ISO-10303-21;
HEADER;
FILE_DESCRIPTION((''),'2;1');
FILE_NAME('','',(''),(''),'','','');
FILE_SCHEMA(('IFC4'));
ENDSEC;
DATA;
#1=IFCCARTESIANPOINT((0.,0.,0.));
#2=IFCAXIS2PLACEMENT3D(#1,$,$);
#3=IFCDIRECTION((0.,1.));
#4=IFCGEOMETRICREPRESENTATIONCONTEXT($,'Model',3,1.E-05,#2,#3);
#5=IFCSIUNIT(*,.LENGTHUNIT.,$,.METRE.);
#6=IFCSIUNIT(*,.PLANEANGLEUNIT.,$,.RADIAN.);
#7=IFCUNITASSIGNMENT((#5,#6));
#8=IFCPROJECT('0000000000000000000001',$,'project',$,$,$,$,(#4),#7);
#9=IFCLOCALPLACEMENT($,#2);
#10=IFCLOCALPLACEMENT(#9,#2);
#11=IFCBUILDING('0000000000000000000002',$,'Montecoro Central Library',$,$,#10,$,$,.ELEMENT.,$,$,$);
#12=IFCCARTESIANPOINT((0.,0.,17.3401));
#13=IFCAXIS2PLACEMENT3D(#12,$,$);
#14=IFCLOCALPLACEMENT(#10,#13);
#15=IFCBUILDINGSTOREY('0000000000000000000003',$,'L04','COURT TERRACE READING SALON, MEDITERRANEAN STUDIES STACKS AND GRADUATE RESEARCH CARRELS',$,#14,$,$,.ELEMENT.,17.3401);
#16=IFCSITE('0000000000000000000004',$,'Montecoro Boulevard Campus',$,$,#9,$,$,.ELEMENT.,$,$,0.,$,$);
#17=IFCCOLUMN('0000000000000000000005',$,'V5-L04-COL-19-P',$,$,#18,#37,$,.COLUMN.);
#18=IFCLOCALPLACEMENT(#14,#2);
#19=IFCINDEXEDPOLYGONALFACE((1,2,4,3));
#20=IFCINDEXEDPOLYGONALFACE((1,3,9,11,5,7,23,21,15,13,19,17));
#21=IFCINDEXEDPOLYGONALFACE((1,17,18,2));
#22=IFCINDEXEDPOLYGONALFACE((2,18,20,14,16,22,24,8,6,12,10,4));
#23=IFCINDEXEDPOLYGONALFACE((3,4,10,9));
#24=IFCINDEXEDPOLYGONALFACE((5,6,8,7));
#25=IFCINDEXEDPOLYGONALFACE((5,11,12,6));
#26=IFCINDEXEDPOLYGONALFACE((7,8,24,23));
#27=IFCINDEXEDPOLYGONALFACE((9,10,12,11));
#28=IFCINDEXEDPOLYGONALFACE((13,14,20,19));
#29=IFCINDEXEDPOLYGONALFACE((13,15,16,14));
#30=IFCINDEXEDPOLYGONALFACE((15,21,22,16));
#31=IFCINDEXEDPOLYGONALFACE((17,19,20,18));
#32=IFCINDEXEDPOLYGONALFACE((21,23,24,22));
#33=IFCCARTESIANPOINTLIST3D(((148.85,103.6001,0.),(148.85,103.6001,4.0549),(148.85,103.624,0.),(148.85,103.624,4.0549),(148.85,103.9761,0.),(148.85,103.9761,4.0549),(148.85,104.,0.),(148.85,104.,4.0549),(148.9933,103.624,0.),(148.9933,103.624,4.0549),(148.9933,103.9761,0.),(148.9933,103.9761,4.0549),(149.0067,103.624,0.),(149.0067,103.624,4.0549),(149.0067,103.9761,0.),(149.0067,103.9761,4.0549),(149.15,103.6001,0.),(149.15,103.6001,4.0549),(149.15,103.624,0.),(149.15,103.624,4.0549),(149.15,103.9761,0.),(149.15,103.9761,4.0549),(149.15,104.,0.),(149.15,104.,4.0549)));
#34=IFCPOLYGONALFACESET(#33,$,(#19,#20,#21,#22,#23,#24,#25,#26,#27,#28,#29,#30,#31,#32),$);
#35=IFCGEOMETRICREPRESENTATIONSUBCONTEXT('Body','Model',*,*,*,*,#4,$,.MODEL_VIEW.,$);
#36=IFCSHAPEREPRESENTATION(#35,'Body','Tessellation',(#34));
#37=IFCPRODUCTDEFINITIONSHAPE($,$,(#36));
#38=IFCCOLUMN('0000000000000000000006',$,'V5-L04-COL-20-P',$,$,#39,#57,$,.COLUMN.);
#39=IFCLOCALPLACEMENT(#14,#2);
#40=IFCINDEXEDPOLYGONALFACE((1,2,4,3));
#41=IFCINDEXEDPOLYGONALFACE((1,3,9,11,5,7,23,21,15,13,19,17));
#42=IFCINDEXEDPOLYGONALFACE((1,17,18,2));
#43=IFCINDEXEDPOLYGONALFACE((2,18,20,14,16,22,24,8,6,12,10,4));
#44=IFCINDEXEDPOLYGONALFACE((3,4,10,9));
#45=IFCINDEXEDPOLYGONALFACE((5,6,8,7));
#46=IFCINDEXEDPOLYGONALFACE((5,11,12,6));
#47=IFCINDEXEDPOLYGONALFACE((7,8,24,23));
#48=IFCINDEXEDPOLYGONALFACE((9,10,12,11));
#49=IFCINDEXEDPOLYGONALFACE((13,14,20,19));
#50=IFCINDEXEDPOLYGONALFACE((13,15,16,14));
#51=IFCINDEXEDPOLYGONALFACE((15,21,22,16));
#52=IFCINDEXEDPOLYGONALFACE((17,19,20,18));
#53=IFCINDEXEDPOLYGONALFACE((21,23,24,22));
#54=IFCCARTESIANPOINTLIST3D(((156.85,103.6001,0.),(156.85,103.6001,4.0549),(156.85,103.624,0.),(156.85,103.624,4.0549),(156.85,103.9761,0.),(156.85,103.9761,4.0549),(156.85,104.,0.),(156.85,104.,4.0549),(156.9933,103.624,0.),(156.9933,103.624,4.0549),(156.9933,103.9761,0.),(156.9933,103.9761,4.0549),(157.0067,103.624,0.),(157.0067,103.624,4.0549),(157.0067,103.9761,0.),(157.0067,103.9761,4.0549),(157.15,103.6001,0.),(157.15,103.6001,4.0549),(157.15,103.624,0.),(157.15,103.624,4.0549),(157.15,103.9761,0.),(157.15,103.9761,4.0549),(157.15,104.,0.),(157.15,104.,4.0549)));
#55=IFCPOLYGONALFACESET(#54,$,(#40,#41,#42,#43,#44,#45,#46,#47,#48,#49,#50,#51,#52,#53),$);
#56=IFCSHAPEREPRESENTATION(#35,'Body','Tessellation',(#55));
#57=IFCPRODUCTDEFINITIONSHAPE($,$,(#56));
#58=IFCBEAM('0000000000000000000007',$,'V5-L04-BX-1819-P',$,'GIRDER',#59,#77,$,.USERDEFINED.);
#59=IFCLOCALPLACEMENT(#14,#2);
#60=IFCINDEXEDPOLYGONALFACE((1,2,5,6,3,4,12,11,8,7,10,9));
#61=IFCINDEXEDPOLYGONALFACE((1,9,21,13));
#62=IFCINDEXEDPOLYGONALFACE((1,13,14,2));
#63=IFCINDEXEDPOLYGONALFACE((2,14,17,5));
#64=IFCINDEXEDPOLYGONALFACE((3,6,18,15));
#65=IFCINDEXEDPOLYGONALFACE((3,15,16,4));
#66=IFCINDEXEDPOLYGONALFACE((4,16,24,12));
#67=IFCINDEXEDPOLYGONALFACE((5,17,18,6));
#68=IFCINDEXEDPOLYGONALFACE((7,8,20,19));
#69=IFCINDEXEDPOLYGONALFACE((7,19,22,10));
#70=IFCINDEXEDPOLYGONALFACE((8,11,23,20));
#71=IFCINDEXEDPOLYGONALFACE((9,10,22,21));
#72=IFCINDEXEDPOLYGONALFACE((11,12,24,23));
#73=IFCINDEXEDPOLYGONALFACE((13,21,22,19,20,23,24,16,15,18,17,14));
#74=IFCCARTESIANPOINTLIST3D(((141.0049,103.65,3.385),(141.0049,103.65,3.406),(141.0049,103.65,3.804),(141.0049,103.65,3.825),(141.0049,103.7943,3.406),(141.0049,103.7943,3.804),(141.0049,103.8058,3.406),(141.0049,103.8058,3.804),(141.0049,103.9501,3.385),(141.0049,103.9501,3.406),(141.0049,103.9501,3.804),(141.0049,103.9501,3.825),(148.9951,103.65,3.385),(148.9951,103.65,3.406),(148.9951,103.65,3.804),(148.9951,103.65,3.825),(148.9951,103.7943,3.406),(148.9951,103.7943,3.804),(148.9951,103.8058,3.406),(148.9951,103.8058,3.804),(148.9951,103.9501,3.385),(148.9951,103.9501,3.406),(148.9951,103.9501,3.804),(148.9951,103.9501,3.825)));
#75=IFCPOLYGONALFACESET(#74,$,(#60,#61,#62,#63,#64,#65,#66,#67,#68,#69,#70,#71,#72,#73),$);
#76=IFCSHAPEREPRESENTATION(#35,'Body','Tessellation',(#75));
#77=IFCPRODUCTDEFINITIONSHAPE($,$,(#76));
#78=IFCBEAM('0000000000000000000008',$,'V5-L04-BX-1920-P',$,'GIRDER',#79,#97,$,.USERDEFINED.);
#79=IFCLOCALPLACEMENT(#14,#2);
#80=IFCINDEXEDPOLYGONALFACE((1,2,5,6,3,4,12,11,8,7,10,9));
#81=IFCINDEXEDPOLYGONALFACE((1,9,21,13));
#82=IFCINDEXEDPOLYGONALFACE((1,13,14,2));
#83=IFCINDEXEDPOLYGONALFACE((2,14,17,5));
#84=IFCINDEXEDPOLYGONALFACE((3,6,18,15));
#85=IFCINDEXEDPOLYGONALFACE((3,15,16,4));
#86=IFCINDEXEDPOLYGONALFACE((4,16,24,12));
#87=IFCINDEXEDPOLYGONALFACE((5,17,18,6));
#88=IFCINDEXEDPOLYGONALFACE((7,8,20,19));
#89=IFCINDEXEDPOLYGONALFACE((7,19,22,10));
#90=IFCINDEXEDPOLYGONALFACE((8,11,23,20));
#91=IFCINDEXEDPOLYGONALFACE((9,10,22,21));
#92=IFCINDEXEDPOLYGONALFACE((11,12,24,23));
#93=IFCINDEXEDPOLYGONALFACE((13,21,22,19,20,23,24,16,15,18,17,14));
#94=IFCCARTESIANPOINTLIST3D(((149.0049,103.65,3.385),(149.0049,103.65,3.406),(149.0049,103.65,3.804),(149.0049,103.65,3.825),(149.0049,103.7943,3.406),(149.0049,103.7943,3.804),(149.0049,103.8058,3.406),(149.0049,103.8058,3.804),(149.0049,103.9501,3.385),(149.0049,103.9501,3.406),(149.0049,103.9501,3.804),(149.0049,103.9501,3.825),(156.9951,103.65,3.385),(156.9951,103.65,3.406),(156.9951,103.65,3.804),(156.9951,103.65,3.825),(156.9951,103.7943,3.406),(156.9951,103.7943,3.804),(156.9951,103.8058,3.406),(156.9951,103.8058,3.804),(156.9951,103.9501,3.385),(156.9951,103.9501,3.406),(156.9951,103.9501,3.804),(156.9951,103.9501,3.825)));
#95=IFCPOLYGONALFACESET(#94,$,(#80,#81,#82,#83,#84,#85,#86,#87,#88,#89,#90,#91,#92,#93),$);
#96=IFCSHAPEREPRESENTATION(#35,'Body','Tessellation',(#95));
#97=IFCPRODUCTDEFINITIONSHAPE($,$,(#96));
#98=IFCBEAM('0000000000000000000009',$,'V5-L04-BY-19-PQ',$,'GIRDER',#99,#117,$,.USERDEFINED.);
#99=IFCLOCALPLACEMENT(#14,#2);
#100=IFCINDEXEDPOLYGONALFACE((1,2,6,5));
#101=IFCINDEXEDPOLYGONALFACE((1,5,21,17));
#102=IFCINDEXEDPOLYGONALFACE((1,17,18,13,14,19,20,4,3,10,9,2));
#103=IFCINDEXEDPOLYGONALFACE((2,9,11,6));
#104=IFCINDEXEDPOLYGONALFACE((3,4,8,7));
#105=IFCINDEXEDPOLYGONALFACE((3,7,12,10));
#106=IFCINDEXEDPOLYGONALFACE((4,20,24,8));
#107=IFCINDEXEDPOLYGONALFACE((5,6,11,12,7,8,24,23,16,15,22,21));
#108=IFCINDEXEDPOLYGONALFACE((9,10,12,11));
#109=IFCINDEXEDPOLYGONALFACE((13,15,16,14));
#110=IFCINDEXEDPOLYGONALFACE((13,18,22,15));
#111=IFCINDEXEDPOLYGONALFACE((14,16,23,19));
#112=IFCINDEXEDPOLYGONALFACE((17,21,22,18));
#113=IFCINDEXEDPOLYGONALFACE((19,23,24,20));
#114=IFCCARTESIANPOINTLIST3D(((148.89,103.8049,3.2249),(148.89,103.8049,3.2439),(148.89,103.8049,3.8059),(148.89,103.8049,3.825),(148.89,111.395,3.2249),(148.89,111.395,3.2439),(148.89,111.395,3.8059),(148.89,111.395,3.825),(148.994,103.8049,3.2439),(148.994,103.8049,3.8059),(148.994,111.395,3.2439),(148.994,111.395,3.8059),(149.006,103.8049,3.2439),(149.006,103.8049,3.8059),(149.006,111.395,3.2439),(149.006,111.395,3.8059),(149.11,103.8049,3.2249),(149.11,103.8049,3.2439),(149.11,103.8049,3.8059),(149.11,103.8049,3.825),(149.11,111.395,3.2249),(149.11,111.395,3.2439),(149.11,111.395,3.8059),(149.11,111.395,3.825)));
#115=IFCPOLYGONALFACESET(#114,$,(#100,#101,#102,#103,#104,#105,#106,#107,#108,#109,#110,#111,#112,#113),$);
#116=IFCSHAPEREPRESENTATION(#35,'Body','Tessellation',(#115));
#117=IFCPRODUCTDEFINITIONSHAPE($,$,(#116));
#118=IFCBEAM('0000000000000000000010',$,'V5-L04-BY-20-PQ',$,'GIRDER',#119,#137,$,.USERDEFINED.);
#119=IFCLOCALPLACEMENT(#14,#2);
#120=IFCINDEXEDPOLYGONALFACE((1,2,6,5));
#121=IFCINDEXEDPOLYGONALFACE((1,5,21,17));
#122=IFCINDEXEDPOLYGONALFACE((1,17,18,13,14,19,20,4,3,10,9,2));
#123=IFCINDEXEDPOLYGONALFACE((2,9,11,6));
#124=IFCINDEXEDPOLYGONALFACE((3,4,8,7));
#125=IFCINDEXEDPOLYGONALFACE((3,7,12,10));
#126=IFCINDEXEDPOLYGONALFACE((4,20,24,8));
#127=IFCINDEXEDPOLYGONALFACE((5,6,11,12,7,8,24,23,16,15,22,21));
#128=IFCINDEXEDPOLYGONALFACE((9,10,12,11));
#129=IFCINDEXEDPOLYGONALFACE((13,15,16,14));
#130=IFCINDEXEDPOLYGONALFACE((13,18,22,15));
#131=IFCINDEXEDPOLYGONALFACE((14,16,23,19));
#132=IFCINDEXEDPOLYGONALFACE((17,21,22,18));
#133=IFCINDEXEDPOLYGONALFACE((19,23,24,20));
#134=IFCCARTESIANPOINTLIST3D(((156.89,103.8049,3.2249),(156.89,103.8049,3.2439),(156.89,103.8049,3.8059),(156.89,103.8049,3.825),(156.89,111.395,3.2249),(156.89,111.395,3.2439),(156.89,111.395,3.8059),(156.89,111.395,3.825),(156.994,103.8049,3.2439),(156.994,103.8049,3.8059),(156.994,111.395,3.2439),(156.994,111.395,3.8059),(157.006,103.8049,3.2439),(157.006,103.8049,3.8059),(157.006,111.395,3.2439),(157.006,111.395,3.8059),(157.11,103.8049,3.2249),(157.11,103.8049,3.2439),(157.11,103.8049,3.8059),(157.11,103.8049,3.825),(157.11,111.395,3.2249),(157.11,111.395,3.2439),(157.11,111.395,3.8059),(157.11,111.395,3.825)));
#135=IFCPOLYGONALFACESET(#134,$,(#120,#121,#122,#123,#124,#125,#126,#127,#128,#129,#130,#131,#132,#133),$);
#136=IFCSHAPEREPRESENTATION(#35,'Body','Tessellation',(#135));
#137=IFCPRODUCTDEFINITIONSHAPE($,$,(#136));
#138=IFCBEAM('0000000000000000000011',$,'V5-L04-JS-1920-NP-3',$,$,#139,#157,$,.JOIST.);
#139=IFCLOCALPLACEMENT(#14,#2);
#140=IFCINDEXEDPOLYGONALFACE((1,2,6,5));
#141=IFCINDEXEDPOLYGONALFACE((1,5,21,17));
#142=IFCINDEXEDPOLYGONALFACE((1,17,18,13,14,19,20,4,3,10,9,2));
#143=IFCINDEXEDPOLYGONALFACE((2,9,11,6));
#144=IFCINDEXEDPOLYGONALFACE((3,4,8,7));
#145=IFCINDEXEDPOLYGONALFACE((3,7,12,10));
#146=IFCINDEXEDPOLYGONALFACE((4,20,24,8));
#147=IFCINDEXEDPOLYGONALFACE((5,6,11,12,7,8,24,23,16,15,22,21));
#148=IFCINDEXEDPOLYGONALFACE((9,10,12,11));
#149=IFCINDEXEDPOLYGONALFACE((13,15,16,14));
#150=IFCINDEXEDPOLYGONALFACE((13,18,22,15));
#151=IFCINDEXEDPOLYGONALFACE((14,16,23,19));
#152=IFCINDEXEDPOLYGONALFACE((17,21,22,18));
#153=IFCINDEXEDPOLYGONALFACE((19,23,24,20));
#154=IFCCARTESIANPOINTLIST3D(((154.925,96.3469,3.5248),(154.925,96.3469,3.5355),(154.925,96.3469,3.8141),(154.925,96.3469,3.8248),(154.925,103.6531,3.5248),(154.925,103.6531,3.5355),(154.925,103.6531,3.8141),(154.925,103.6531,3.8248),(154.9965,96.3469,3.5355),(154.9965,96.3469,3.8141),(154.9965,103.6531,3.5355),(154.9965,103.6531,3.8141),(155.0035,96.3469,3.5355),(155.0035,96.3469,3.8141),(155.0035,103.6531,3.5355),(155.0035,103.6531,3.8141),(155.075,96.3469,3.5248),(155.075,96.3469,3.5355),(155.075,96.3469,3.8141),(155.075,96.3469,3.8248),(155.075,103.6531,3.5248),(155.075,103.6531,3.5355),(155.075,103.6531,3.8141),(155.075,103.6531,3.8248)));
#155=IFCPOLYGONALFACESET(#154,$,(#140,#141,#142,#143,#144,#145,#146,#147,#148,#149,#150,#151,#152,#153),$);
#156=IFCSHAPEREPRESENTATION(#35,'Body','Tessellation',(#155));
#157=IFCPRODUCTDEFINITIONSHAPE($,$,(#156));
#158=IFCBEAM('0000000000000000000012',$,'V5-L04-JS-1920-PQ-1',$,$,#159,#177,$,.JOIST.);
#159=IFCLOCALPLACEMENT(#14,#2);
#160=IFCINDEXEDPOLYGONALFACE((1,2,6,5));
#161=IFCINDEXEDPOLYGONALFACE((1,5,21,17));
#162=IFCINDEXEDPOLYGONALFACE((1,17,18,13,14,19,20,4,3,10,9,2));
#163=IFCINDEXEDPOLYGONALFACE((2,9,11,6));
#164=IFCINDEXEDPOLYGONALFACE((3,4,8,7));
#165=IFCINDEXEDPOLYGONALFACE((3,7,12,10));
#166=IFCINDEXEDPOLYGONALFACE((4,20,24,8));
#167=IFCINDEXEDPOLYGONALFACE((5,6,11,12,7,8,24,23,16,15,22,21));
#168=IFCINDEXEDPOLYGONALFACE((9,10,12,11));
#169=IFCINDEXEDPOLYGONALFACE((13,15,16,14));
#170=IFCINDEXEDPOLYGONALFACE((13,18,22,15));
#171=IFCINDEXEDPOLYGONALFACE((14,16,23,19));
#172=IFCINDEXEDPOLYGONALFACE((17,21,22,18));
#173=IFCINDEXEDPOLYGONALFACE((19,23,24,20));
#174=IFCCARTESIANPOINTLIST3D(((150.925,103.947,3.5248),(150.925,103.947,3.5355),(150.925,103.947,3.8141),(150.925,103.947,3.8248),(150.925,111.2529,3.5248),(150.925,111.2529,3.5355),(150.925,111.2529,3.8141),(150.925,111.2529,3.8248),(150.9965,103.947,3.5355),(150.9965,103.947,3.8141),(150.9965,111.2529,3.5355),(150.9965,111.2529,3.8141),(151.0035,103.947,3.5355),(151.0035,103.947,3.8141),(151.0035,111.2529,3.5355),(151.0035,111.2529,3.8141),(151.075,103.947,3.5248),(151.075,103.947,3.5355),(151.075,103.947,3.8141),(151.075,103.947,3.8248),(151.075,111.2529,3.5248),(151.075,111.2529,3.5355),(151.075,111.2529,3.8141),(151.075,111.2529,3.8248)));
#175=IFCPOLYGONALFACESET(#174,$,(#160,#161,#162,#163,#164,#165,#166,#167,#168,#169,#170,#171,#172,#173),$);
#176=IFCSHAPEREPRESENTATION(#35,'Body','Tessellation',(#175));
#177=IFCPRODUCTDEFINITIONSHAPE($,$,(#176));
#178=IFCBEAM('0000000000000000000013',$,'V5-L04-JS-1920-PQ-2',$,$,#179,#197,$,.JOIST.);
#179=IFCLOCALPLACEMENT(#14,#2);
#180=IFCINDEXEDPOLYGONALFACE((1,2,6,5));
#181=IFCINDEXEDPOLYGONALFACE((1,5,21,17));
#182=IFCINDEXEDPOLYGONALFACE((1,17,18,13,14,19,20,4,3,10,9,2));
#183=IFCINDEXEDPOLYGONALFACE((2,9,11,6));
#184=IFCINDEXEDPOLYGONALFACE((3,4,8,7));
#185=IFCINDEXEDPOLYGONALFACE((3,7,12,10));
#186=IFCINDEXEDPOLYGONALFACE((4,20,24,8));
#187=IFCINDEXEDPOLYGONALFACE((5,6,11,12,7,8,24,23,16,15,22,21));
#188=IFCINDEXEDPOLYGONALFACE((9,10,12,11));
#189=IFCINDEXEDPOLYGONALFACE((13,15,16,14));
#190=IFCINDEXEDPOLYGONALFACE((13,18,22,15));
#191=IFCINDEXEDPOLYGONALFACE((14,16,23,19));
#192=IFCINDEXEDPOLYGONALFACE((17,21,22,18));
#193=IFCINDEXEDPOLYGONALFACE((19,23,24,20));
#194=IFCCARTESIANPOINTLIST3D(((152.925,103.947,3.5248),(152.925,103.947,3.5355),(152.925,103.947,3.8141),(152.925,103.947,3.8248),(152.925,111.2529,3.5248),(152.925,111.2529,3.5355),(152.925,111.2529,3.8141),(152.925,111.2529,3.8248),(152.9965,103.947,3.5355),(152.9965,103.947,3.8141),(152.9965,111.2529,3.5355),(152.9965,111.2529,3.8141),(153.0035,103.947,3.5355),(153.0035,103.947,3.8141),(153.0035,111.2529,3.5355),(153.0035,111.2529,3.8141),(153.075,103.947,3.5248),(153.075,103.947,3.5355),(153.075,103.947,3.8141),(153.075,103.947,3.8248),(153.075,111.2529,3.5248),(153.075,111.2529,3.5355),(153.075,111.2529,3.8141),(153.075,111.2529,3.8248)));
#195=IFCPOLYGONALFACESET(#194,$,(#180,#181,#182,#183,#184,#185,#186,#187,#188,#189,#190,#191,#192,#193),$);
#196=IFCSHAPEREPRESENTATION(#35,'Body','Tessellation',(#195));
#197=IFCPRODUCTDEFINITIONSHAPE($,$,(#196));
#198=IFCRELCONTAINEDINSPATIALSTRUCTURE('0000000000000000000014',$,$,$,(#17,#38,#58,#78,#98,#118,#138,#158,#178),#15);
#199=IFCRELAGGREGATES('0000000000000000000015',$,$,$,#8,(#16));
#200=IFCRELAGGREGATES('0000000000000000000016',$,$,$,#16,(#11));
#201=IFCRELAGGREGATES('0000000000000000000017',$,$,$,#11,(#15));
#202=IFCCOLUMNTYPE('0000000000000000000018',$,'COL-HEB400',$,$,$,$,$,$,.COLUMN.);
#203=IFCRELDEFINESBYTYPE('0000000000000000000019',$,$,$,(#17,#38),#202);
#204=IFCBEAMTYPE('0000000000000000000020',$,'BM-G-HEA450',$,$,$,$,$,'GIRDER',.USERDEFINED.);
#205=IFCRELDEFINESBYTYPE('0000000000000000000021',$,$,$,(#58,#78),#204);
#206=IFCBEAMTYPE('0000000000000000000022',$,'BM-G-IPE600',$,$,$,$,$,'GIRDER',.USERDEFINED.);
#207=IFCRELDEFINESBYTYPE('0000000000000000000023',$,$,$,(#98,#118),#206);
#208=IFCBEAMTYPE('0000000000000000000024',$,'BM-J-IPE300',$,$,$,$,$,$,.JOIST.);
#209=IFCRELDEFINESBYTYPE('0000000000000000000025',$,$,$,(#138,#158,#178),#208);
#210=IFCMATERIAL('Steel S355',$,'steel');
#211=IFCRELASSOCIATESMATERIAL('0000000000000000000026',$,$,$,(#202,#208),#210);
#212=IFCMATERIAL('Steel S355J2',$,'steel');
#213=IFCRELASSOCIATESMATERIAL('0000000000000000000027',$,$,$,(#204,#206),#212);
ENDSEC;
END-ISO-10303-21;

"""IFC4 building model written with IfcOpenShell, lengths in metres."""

from ifc_helpers import new_model, si_unit, direction, frame, origin, origin_2d, place, context, subcontext, project, spatial, i_section, extrude, material, material_profile, profile_set, type_object, element, save


model = new_model("IFC4")

# Units and contexts
model_context = context("Model", 3, precision=1e-05, world=origin(), true_north=direction((0.0, 1.0)))
body_context = subcontext(model_context, "Body", "Model", "MODEL_VIEW")
ifc_project = project(units=[si_unit("LENGTHUNIT", "METRE"), si_unit("PLANEANGLEUNIT", "RADIAN")], contexts=[model_context])

# Site, building, storey
site_placement = place(None, origin())
site = spatial("IfcSite", under=ifc_project, at=site_placement, Name="Montecoro Boulevard Campus", CompositionType="ELEMENT", RefElevation=0.0)
building_placement = place(site_placement, origin())
building = spatial("IfcBuilding", under=site, at=building_placement, Name="Montecoro Central Library", CompositionType="ELEMENT")
storey_placement = place(building_placement, frame((0.0, 0.0, 17.3401)))
storey = spatial("IfcBuildingStorey", under=building, at=storey_placement, Name="L04", Description="COURT TERRACE READING SALON, MEDITERRANEAN STUDIES STACKS AND GRADUATE RESEARCH CARRELS", CompositionType="ELEMENT", Elevation=17.3401)

# Columns
ifc_material_1 = material(Name="Steel S355", Category="steel")
ifc_material_profile_1 = material_profile(ifc_material_1, i_section(OverallWidth=0.3, OverallDepth=0.3999, WebThickness=0.0134, FlangeThickness=0.0239, at=origin_2d()), Name="HEB 400")
ifc_profile_set_1 = profile_set([ifc_material_profile_1], Name="Steel S355")
column_type = type_object("IfcColumnType", Name="COL-HEB400", PredefinedType="COLUMN", material=ifc_profile_set_1)
for number, where, z_axis, x_axis, name in (
    (1, (149.0, 103.8, 0.0), (0.0, 0.0, 1.0), (1.0, 0.0, 0.0), "V5-L04-COL-19-P"),
    (2, (157.0, 103.8, 0.0), (0.0, 0.0, 1.0), (1.0, 0.0, 0.0), "V5-L04-COL-20-P"),
):
    element("IfcColumn", number, at=place(storey_placement, frame(where, z_axis=z_axis, x_axis=x_axis)), inside=storey, type_object=column_type, Name=name, PredefinedType="COLUMN", context=body_context, shape_type="SweptSolid", body=[
        extrude(i_section(OverallWidth=0.3, OverallDepth=0.3999, WebThickness=0.0134, FlangeThickness=0.0239, at=origin_2d()), origin(), (0.0, 0.0, 1.0), 4.0549),
    ])

# Beams
ifc_material_2 = material(Name="Steel S355J2", Category="steel")
ifc_material_profile_2 = material_profile(ifc_material_2, i_section(OverallWidth=0.3, OverallDepth=0.4399, WebThickness=0.0115, FlangeThickness=0.021, at=origin_2d()), Name="HEA 450")
ifc_profile_set_2 = profile_set([ifc_material_profile_2], Name="Steel S355J2")
beam_type_1 = type_object("IfcBeamType", Name="BM-G-HEA450", ElementType="GIRDER", PredefinedType="USERDEFINED", material=ifc_profile_set_2)
for number, where, z_axis, x_axis, name in (
    (3, (141.0049, 103.8, 3.605), (1.0, 0.0, 0.0), (0.0, 1.0, 0.0), "V5-L04-BX-1819-P"),
    (4, (149.0049, 103.8, 3.605), (1.0, 0.0, 0.0), (0.0, 1.0, 0.0), "V5-L04-BX-1920-P"),
):
    element("IfcBeam", number, at=place(storey_placement, frame(where, z_axis=z_axis, x_axis=x_axis)), inside=storey, type_object=beam_type_1, Name=name, ObjectType="GIRDER", PredefinedType="USERDEFINED", context=body_context, shape_type="SweptSolid", body=[
        extrude(i_section(OverallWidth=0.3, OverallDepth=0.4399, WebThickness=0.0115, FlangeThickness=0.021, at=origin_2d()), origin(), (0.0, 0.0, 1.0), 7.9902),
    ])
ifc_material_profile_3 = material_profile(ifc_material_2, i_section(OverallWidth=0.22, OverallDepth=0.6001, WebThickness=0.012, FlangeThickness=0.019, at=origin_2d()), Name="IPE 600")
ifc_profile_set_3 = profile_set([ifc_material_profile_3], Name="Steel S355J2")
beam_type_2 = type_object("IfcBeamType", Name="BM-G-IPE600", ElementType="GIRDER", PredefinedType="USERDEFINED", material=ifc_profile_set_3)
for number, where, z_axis, x_axis, name in (
    (5, (149.0, 103.8049, 3.5249), (0.0, 1.0, 0.0), (-1.0, 0.0, 0.0), "V5-L04-BY-19-PQ"),
    (6, (157.0, 103.8049, 3.5249), (0.0, 1.0, 0.0), (-1.0, 0.0, 0.0), "V5-L04-BY-20-PQ"),
):
    element("IfcBeam", number, at=place(storey_placement, frame(where, z_axis=z_axis, x_axis=x_axis)), inside=storey, type_object=beam_type_2, Name=name, ObjectType="GIRDER", PredefinedType="USERDEFINED", context=body_context, shape_type="SweptSolid", body=[
        extrude(i_section(OverallWidth=0.22, OverallDepth=0.6001, WebThickness=0.012, FlangeThickness=0.019, at=origin_2d()), origin(), (0.0, 0.0, 1.0), 7.5901),
    ])
ifc_material_profile_4 = material_profile(ifc_material_1, i_section(OverallWidth=0.1499, OverallDepth=0.3, WebThickness=0.0071, FlangeThickness=0.0107, at=origin_2d()), Name="IPE 300")
ifc_profile_set_4 = profile_set([ifc_material_profile_4], Name="Steel S355")
beam_type_3 = type_object("IfcBeamType", Name="BM-J-IPE300", PredefinedType="JOIST", material=ifc_profile_set_4)
beam_1_placement = place(storey_placement, frame((155.0, 96.3469, 3.6748), z_axis=(0.0, 1.0, 0.0), x_axis=(-1.0, 0.0, 0.0)))
element("IfcBeam", 7, at=beam_1_placement, inside=storey, type_object=beam_type_3, Name="V5-L04-JS-1920-NP-3", PredefinedType="JOIST", context=body_context, shape_type="SweptSolid", body=[
    extrude(i_section(OverallWidth=0.1499, OverallDepth=0.3, WebThickness=0.0071, FlangeThickness=0.0107, at=origin_2d()), origin(), (0.0, 0.0, 1.0), 7.3062),
])
for number, where, z_axis, x_axis, name in (
    (8, (151.0, 103.947, 3.6748), (0.0, 1.0, 0.0), (-1.0, 0.0, 0.0), "V5-L04-JS-1920-PQ-1"),
    (9, (153.0, 103.947, 3.6748), (0.0, 1.0, 0.0), (-1.0, 0.0, 0.0), "V5-L04-JS-1920-PQ-2"),
):
    element("IfcBeam", number, at=place(storey_placement, frame(where, z_axis=z_axis, x_axis=x_axis)), inside=storey, type_object=beam_type_3, Name=name, PredefinedType="JOIST", context=body_context, shape_type="SweptSolid", body=[
        extrude(i_section(OverallWidth=0.1499, OverallDepth=0.3, WebThickness=0.0071, FlangeThickness=0.0107, at=origin_2d()), origin(), (0.0, 0.0, 1.0), 7.3059),
    ])

save(model, "model.ifc")
